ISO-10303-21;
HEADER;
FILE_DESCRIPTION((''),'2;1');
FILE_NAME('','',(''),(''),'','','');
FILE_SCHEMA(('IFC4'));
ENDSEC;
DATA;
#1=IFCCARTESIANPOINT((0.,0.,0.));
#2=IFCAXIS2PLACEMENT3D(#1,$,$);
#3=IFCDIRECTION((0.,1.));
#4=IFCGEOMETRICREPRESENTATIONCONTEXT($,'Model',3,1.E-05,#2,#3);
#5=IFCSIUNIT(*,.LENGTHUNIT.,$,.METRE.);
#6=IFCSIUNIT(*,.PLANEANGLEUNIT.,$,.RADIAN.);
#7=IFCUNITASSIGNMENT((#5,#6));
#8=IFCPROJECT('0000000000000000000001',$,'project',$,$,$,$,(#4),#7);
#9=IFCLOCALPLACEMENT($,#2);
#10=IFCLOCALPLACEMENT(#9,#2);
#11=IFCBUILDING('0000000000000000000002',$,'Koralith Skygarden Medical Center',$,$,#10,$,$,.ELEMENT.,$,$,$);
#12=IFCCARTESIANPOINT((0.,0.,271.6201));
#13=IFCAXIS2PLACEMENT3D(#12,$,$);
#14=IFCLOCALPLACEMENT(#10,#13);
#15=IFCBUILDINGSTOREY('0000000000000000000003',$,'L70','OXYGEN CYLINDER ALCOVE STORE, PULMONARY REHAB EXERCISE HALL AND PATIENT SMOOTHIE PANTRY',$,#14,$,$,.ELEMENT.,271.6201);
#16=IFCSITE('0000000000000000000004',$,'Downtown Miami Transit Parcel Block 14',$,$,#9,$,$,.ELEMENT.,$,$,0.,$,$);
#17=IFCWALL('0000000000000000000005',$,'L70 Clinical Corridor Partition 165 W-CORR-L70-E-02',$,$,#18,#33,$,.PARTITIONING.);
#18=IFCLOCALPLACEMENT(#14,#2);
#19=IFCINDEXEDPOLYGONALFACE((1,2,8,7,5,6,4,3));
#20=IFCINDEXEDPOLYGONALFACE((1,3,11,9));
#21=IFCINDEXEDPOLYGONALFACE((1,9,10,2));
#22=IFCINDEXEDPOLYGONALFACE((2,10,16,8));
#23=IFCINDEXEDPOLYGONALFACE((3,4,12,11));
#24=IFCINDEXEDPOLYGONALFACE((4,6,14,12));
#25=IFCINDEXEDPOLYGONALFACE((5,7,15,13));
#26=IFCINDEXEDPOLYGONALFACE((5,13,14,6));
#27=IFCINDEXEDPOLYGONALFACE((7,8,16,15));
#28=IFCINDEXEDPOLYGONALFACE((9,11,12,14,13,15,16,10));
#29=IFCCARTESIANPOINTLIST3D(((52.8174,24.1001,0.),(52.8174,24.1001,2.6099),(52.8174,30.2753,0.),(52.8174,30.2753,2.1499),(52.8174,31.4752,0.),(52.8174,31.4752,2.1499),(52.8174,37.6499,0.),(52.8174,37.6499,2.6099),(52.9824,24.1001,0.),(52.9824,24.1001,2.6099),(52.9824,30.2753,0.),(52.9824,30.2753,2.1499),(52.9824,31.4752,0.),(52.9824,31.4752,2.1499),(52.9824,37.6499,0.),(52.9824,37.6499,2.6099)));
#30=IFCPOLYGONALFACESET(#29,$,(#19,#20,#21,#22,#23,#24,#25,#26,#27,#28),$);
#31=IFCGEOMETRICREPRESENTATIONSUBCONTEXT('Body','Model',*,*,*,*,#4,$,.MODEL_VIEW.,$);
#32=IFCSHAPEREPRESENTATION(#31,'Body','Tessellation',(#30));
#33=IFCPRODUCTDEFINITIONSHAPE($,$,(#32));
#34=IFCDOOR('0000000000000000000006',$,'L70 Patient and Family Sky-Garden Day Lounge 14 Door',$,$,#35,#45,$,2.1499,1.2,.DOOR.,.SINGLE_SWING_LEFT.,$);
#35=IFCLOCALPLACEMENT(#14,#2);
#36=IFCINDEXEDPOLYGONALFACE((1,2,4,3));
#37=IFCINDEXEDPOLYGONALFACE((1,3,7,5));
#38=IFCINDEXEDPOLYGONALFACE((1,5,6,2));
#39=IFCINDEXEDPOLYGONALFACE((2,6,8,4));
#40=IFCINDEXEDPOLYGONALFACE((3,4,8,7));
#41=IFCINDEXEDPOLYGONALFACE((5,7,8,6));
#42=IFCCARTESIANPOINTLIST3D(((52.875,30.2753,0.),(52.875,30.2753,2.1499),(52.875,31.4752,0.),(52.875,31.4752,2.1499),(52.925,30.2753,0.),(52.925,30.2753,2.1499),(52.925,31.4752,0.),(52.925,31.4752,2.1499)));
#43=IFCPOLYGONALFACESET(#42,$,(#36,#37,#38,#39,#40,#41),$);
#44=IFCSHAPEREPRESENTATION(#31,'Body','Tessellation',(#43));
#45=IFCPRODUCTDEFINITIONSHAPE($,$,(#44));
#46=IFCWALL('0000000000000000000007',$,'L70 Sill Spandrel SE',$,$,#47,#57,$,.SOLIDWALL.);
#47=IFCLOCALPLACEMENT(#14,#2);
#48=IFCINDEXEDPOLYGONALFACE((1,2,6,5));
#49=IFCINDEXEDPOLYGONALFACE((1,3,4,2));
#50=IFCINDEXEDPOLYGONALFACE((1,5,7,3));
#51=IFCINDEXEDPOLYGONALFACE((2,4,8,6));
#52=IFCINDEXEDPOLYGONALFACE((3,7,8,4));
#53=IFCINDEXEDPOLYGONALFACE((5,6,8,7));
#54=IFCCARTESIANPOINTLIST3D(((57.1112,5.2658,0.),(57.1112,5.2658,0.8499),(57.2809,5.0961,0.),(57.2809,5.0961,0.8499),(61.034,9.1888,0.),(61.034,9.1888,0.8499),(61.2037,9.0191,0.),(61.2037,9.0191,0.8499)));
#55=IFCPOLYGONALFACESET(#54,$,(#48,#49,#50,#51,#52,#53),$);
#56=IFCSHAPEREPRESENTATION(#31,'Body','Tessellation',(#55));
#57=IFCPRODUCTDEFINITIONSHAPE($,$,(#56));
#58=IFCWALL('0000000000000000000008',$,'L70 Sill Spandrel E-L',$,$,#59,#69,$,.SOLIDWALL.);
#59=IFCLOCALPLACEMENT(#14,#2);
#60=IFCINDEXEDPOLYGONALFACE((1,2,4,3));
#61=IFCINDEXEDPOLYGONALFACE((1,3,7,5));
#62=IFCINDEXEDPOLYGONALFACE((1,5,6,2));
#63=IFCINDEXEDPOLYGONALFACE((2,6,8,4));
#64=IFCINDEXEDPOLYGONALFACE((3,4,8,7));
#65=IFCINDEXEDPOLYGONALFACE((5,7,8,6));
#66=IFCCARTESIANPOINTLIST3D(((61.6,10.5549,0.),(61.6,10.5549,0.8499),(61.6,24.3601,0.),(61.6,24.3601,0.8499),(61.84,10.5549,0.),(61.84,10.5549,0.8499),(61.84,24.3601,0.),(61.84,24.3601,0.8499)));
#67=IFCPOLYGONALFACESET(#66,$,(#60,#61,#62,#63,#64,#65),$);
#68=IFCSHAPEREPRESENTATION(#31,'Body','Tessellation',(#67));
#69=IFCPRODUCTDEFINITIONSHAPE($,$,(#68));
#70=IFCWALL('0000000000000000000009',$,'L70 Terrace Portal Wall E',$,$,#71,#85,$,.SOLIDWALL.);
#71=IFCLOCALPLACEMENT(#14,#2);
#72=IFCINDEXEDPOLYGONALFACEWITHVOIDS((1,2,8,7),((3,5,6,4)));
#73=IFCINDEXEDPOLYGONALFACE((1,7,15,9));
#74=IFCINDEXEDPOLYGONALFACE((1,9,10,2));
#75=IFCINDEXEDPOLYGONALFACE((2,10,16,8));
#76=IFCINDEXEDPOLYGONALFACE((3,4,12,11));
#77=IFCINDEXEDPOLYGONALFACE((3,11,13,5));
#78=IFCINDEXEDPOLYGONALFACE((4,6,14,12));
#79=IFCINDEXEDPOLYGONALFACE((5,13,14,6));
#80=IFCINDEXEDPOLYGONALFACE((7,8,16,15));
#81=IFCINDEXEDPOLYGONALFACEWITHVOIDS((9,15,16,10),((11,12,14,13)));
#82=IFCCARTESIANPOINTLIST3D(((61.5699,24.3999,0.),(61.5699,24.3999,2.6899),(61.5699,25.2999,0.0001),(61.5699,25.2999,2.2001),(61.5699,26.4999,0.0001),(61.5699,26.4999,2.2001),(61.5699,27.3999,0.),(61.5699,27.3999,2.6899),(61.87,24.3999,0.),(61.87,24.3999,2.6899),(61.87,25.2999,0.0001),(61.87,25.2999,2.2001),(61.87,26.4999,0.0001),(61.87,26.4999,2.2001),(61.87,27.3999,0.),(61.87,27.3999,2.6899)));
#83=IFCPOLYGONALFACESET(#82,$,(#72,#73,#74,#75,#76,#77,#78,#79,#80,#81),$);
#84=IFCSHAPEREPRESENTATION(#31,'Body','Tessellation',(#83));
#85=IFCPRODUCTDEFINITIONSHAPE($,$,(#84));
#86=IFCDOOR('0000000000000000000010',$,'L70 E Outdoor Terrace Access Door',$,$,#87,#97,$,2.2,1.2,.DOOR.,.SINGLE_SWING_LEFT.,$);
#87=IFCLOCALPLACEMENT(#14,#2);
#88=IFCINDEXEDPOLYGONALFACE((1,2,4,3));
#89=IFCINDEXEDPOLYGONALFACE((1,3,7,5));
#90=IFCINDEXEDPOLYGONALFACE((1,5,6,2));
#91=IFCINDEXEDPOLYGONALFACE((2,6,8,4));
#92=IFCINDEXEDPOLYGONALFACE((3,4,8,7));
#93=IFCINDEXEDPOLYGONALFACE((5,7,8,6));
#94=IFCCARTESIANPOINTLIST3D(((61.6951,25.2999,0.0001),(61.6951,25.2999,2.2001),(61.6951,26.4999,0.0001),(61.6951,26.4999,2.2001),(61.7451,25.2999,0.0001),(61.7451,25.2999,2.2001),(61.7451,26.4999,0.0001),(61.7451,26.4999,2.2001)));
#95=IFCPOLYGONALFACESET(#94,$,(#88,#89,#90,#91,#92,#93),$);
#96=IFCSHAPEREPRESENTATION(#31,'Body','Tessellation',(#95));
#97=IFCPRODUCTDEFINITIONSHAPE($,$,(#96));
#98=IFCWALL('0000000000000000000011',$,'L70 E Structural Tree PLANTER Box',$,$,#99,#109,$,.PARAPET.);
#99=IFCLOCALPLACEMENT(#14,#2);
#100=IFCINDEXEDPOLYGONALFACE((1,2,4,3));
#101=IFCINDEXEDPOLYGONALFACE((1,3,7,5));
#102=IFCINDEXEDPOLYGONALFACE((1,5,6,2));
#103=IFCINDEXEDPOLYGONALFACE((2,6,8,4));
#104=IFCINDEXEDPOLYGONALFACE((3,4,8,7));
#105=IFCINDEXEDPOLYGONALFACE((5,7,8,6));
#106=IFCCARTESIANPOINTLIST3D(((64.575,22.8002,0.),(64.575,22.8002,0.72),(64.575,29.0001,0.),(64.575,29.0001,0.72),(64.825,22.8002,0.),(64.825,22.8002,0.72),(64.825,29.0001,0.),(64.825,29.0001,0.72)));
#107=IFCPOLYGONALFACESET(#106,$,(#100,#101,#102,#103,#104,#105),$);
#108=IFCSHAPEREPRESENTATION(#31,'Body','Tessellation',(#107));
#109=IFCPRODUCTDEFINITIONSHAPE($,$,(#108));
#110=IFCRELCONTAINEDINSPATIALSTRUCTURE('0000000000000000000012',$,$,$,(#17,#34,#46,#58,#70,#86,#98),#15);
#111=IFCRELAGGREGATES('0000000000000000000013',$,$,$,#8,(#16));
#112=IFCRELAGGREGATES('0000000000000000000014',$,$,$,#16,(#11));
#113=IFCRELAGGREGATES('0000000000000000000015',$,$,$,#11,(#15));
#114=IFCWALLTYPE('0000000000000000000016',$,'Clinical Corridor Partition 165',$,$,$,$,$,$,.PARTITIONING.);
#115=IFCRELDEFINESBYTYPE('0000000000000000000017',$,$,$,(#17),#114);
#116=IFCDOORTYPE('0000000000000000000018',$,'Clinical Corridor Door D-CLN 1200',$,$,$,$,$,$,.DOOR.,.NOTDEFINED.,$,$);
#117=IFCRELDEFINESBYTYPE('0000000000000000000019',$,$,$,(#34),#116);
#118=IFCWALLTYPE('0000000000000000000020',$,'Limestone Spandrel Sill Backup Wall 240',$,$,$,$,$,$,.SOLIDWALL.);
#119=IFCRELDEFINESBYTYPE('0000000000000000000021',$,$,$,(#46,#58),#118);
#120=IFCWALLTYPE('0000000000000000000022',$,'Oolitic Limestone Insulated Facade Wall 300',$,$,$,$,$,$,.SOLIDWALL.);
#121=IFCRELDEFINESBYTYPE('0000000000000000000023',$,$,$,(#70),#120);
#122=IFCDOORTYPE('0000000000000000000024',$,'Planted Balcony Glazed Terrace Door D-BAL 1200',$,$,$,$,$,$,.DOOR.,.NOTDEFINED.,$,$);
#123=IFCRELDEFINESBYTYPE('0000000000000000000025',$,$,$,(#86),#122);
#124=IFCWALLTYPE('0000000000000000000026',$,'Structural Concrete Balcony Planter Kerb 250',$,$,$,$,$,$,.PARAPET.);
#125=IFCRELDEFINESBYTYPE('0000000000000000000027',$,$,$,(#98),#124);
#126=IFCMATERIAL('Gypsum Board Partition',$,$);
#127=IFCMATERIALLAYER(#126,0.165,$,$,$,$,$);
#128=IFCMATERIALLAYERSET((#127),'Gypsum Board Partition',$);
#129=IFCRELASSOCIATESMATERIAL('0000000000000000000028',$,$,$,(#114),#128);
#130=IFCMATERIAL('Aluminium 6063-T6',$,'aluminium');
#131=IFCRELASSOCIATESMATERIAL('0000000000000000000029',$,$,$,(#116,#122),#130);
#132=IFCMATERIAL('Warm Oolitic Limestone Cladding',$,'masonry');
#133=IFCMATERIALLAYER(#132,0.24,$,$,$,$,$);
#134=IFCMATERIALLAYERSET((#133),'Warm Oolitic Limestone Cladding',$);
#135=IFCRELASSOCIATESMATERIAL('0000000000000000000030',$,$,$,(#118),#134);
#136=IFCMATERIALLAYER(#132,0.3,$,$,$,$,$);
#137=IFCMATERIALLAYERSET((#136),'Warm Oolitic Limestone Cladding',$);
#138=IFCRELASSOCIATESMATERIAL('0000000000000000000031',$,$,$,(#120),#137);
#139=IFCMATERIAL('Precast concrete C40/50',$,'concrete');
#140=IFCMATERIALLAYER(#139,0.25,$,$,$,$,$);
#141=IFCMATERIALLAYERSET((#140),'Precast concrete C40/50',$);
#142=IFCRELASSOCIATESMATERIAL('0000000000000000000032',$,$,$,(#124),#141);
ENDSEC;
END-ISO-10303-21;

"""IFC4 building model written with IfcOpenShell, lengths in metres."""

from ifc_helpers import new_model, si_unit, direction, frame, frame_2d, origin, place, context, subcontext, project, spatial, rectangle, extrude, material, layer, layer_set, type_object, element, fill, save


model = new_model("IFC4")

# Units and contexts
model_context = context("Model", 3, precision=1e-05, world=origin(), true_north=direction((0.0, 1.0)))
body_context = subcontext(model_context, "Body", "Model", "MODEL_VIEW")
ifc_project = project(units=[si_unit("LENGTHUNIT", "METRE"), si_unit("PLANEANGLEUNIT", "RADIAN")], contexts=[model_context])

# Site, building, storey
site_placement = place(None, origin())
site = spatial("IfcSite", under=ifc_project, at=site_placement, Name="Downtown Miami Transit Parcel Block 14", CompositionType="ELEMENT", RefElevation=0.0)
building_placement = place(site_placement, origin())
building = spatial("IfcBuilding", under=site, at=building_placement, Name="Koralith Skygarden Medical Center", CompositionType="ELEMENT")
storey_placement = place(building_placement, frame((0.0, 0.0, 271.6201)))
storey = spatial("IfcBuildingStorey", under=building, at=storey_placement, Name="L70", Description="OXYGEN CYLINDER ALCOVE STORE, PULMONARY REHAB EXERCISE HALL AND PATIENT SMOOTHIE PANTRY", CompositionType="ELEMENT", Elevation=271.6201)

# Shared definitions
ifc_material_1 = material(Name="Aluminium 6063-T6", Category="aluminium")

# Shared definitions
ifc_material_2 = material(Name="Warm Oolitic Limestone Cladding", Category="masonry")

# Shared definitions
ifc_material_3 = material(Name="Gypsum Board Partition")

# Wall, opening, door
ifc_layer_1 = layer(ifc_material_3, 0.165)
ifc_layer_set_1 = layer_set([ifc_layer_1], Name="Gypsum Board Partition")
wall_type_1 = type_object("IfcWallType", Name="Clinical Corridor Partition 165", PredefinedType="PARTITIONING", material=ifc_layer_set_1)
wall_1_placement = place(storey_placement, frame((52.8999, 24.1001, 0.0), z_axis=(0.0, 0.0, 1.0), x_axis=(0.0, 1.0, 0.0)))
wall_1 = element("IfcWall", 1, at=wall_1_placement, inside=storey, type_object=wall_type_1, Name="L70 Clinical Corridor Partition 165 W-CORR-L70-E-02", PredefinedType="PARTITIONING", context=body_context, shape_type="SweptSolid", body=[
    extrude(rectangle(XDim=13.5498, YDim=0.165, at=frame_2d((6.7749, 0.0))), origin(), (0.0, 0.0, 1.0), 2.6099),
])
opening_1_placement = place(wall_1_placement, frame((6.175, 0.0, 0.0)))
opening_1 = element("IfcOpeningElement", 2, at=opening_1_placement, cuts=wall_1, PredefinedType="OPENING", context=body_context, shape_type="SweptSolid", body=[
    extrude(rectangle(XDim=1.2, YDim=2.1499, at=frame_2d((0.6001, 1.075))), frame((0.0, 0.0925, 0.0), z_axis=(0.0, -1.0, 0.0), x_axis=(1.0, 0.0, 0.0)), (0.0, 0.0, 1.0), 0.1851),
])
door_type_1 = type_object("IfcDoorType", Name="Clinical Corridor Door D-CLN 1200", OperationType="NOTDEFINED", PredefinedType="DOOR", material=ifc_material_1)
door_1_placement = place(opening_1_placement, origin())
door_1 = element("IfcDoor", 3, at=door_1_placement, inside=storey, type_object=door_type_1, Name="L70 Patient and Family Sky-Garden Day Lounge 14 Door", OperationType="SINGLE_SWING_LEFT", OverallHeight=2.1499, OverallWidth=1.2, PredefinedType="DOOR", context=body_context, shape_type="SweptSolid", body=[
    extrude(rectangle(XDim=1.2, YDim=2.1499, at=frame_2d((0.6001, 1.075))), frame((0.0, 0.0249, 0.0), z_axis=(0.0, -1.0, 0.0), x_axis=(1.0, 0.0, 0.0)), (0.0, 0.0, 1.0), 0.05),
])
fill(opening_1, door_1)

# Walls
ifc_layer_2 = layer(ifc_material_2, 0.24)
ifc_layer_set_2 = layer_set([ifc_layer_2], Name="Warm Oolitic Limestone Cladding")
wall_type_2 = type_object("IfcWallType", Name="Limestone Spandrel Sill Backup Wall 240", PredefinedType="SOLIDWALL", material=ifc_layer_set_2)
wall_2_placement = place(storey_placement, frame((57.196, 5.1809, 0.0), z_axis=(0.0, 0.0, 1.0), x_axis=(0.707085, 0.707129, 0.0)))
element("IfcWall", 4, at=wall_2_placement, inside=storey, type_object=wall_type_2, Name="L70 Sill Spandrel SE", PredefinedType="SOLIDWALL", context=body_context, shape_type="SweptSolid", body=[
    extrude(rectangle(XDim=5.5479, YDim=0.24, at=frame_2d((2.7739, 0.0))), origin(), (0.0, 0.0, 1.0), 0.8499),
])
wall_3_placement = place(storey_placement, frame((61.72, 10.5549, 0.0), z_axis=(0.0, 0.0, 1.0), x_axis=(0.0, 1.0, 0.0)))
element("IfcWall", 5, at=wall_3_placement, inside=storey, type_object=wall_type_2, Name="L70 Sill Spandrel E-L", PredefinedType="SOLIDWALL", context=body_context, shape_type="SweptSolid", body=[
    extrude(rectangle(XDim=13.8052, YDim=0.24, at=frame_2d((6.9026, 0.0))), origin(), (0.0, 0.0, 1.0), 0.8499),
])

# Wall, opening, door
ifc_layer_3 = layer(ifc_material_2, 0.3)
ifc_layer_set_3 = layer_set([ifc_layer_3], Name="Warm Oolitic Limestone Cladding")
wall_type_3 = type_object("IfcWallType", Name="Oolitic Limestone Insulated Facade Wall 300", PredefinedType="SOLIDWALL", material=ifc_layer_set_3)
wall_4_placement = place(storey_placement, frame((61.72, 24.3999, 0.0), z_axis=(0.0, 0.0, 1.0), x_axis=(0.0, 1.0, 0.0)))
wall_4 = element("IfcWall", 6, at=wall_4_placement, inside=storey, type_object=wall_type_3, Name="L70 Terrace Portal Wall E", PredefinedType="SOLIDWALL", context=body_context, shape_type="SweptSolid", body=[
    extrude(rectangle(XDim=3.0, YDim=0.3, at=frame_2d((1.5, 0.0))), origin(), (0.0, 0.0, 1.0), 2.6899),
])
opening_2_placement = place(wall_4_placement, frame((0.8999, 0.0, 0.0)))
opening_2 = element("IfcOpeningElement", 7, at=opening_2_placement, cuts=wall_4, PredefinedType="OPENING", context=body_context, shape_type="SweptSolid", body=[
    extrude(rectangle(XDim=1.2, YDim=2.2, at=frame_2d((0.6001, 1.1001))), frame((0.0, 0.1599, 0.0), z_axis=(0.0, -1.0, 0.0), x_axis=(1.0, 0.0, 0.0)), (0.0, 0.0, 1.0), 0.3201),
])
door_type_2 = type_object("IfcDoorType", Name="Planted Balcony Glazed Terrace Door D-BAL 1200", OperationType="NOTDEFINED", PredefinedType="DOOR", material=ifc_material_1)
door_2_placement = place(opening_2_placement, origin())
door_2 = element("IfcDoor", 8, at=door_2_placement, inside=storey, type_object=door_type_2, Name="L70 E Outdoor Terrace Access Door", OperationType="SINGLE_SWING_LEFT", OverallHeight=2.2, OverallWidth=1.2, PredefinedType="DOOR", context=body_context, shape_type="SweptSolid", body=[
    extrude(rectangle(XDim=1.2, YDim=2.2, at=frame_2d((0.6001, 1.1001))), frame((0.0, 0.0249, 0.0), z_axis=(0.0, -1.0, 0.0), x_axis=(1.0, 0.0, 0.0)), (0.0, 0.0, 1.0), 0.05),
])
fill(opening_2, door_2)

# Wall
ifc_material_4 = material(Name="Precast concrete C40/50", Category="concrete")
ifc_layer_4 = layer(ifc_material_4, 0.25)
ifc_layer_set_4 = layer_set([ifc_layer_4], Name="Precast concrete C40/50")
wall_type_4 = type_object("IfcWallType", Name="Structural Concrete Balcony Planter Kerb 250", PredefinedType="PARAPET", material=ifc_layer_set_4)
wall_5_placement = place(storey_placement, frame((64.7, 22.8, 0.0), z_axis=(0.0, 0.0, 1.0), x_axis=(0.0, 1.0, 0.0)))
element("IfcWall", 9, at=wall_5_placement, inside=storey, type_object=wall_type_4, Name="L70 E Structural Tree PLANTER Box", PredefinedType="PARAPET", context=body_context, shape_type="SweptSolid", body=[
    extrude(rectangle(XDim=6.2, YDim=0.25, at=frame_2d((3.1001, 0.0))), origin(), (0.0, 0.0, 1.0), 0.72),
])

save(model, "model.ifc")
